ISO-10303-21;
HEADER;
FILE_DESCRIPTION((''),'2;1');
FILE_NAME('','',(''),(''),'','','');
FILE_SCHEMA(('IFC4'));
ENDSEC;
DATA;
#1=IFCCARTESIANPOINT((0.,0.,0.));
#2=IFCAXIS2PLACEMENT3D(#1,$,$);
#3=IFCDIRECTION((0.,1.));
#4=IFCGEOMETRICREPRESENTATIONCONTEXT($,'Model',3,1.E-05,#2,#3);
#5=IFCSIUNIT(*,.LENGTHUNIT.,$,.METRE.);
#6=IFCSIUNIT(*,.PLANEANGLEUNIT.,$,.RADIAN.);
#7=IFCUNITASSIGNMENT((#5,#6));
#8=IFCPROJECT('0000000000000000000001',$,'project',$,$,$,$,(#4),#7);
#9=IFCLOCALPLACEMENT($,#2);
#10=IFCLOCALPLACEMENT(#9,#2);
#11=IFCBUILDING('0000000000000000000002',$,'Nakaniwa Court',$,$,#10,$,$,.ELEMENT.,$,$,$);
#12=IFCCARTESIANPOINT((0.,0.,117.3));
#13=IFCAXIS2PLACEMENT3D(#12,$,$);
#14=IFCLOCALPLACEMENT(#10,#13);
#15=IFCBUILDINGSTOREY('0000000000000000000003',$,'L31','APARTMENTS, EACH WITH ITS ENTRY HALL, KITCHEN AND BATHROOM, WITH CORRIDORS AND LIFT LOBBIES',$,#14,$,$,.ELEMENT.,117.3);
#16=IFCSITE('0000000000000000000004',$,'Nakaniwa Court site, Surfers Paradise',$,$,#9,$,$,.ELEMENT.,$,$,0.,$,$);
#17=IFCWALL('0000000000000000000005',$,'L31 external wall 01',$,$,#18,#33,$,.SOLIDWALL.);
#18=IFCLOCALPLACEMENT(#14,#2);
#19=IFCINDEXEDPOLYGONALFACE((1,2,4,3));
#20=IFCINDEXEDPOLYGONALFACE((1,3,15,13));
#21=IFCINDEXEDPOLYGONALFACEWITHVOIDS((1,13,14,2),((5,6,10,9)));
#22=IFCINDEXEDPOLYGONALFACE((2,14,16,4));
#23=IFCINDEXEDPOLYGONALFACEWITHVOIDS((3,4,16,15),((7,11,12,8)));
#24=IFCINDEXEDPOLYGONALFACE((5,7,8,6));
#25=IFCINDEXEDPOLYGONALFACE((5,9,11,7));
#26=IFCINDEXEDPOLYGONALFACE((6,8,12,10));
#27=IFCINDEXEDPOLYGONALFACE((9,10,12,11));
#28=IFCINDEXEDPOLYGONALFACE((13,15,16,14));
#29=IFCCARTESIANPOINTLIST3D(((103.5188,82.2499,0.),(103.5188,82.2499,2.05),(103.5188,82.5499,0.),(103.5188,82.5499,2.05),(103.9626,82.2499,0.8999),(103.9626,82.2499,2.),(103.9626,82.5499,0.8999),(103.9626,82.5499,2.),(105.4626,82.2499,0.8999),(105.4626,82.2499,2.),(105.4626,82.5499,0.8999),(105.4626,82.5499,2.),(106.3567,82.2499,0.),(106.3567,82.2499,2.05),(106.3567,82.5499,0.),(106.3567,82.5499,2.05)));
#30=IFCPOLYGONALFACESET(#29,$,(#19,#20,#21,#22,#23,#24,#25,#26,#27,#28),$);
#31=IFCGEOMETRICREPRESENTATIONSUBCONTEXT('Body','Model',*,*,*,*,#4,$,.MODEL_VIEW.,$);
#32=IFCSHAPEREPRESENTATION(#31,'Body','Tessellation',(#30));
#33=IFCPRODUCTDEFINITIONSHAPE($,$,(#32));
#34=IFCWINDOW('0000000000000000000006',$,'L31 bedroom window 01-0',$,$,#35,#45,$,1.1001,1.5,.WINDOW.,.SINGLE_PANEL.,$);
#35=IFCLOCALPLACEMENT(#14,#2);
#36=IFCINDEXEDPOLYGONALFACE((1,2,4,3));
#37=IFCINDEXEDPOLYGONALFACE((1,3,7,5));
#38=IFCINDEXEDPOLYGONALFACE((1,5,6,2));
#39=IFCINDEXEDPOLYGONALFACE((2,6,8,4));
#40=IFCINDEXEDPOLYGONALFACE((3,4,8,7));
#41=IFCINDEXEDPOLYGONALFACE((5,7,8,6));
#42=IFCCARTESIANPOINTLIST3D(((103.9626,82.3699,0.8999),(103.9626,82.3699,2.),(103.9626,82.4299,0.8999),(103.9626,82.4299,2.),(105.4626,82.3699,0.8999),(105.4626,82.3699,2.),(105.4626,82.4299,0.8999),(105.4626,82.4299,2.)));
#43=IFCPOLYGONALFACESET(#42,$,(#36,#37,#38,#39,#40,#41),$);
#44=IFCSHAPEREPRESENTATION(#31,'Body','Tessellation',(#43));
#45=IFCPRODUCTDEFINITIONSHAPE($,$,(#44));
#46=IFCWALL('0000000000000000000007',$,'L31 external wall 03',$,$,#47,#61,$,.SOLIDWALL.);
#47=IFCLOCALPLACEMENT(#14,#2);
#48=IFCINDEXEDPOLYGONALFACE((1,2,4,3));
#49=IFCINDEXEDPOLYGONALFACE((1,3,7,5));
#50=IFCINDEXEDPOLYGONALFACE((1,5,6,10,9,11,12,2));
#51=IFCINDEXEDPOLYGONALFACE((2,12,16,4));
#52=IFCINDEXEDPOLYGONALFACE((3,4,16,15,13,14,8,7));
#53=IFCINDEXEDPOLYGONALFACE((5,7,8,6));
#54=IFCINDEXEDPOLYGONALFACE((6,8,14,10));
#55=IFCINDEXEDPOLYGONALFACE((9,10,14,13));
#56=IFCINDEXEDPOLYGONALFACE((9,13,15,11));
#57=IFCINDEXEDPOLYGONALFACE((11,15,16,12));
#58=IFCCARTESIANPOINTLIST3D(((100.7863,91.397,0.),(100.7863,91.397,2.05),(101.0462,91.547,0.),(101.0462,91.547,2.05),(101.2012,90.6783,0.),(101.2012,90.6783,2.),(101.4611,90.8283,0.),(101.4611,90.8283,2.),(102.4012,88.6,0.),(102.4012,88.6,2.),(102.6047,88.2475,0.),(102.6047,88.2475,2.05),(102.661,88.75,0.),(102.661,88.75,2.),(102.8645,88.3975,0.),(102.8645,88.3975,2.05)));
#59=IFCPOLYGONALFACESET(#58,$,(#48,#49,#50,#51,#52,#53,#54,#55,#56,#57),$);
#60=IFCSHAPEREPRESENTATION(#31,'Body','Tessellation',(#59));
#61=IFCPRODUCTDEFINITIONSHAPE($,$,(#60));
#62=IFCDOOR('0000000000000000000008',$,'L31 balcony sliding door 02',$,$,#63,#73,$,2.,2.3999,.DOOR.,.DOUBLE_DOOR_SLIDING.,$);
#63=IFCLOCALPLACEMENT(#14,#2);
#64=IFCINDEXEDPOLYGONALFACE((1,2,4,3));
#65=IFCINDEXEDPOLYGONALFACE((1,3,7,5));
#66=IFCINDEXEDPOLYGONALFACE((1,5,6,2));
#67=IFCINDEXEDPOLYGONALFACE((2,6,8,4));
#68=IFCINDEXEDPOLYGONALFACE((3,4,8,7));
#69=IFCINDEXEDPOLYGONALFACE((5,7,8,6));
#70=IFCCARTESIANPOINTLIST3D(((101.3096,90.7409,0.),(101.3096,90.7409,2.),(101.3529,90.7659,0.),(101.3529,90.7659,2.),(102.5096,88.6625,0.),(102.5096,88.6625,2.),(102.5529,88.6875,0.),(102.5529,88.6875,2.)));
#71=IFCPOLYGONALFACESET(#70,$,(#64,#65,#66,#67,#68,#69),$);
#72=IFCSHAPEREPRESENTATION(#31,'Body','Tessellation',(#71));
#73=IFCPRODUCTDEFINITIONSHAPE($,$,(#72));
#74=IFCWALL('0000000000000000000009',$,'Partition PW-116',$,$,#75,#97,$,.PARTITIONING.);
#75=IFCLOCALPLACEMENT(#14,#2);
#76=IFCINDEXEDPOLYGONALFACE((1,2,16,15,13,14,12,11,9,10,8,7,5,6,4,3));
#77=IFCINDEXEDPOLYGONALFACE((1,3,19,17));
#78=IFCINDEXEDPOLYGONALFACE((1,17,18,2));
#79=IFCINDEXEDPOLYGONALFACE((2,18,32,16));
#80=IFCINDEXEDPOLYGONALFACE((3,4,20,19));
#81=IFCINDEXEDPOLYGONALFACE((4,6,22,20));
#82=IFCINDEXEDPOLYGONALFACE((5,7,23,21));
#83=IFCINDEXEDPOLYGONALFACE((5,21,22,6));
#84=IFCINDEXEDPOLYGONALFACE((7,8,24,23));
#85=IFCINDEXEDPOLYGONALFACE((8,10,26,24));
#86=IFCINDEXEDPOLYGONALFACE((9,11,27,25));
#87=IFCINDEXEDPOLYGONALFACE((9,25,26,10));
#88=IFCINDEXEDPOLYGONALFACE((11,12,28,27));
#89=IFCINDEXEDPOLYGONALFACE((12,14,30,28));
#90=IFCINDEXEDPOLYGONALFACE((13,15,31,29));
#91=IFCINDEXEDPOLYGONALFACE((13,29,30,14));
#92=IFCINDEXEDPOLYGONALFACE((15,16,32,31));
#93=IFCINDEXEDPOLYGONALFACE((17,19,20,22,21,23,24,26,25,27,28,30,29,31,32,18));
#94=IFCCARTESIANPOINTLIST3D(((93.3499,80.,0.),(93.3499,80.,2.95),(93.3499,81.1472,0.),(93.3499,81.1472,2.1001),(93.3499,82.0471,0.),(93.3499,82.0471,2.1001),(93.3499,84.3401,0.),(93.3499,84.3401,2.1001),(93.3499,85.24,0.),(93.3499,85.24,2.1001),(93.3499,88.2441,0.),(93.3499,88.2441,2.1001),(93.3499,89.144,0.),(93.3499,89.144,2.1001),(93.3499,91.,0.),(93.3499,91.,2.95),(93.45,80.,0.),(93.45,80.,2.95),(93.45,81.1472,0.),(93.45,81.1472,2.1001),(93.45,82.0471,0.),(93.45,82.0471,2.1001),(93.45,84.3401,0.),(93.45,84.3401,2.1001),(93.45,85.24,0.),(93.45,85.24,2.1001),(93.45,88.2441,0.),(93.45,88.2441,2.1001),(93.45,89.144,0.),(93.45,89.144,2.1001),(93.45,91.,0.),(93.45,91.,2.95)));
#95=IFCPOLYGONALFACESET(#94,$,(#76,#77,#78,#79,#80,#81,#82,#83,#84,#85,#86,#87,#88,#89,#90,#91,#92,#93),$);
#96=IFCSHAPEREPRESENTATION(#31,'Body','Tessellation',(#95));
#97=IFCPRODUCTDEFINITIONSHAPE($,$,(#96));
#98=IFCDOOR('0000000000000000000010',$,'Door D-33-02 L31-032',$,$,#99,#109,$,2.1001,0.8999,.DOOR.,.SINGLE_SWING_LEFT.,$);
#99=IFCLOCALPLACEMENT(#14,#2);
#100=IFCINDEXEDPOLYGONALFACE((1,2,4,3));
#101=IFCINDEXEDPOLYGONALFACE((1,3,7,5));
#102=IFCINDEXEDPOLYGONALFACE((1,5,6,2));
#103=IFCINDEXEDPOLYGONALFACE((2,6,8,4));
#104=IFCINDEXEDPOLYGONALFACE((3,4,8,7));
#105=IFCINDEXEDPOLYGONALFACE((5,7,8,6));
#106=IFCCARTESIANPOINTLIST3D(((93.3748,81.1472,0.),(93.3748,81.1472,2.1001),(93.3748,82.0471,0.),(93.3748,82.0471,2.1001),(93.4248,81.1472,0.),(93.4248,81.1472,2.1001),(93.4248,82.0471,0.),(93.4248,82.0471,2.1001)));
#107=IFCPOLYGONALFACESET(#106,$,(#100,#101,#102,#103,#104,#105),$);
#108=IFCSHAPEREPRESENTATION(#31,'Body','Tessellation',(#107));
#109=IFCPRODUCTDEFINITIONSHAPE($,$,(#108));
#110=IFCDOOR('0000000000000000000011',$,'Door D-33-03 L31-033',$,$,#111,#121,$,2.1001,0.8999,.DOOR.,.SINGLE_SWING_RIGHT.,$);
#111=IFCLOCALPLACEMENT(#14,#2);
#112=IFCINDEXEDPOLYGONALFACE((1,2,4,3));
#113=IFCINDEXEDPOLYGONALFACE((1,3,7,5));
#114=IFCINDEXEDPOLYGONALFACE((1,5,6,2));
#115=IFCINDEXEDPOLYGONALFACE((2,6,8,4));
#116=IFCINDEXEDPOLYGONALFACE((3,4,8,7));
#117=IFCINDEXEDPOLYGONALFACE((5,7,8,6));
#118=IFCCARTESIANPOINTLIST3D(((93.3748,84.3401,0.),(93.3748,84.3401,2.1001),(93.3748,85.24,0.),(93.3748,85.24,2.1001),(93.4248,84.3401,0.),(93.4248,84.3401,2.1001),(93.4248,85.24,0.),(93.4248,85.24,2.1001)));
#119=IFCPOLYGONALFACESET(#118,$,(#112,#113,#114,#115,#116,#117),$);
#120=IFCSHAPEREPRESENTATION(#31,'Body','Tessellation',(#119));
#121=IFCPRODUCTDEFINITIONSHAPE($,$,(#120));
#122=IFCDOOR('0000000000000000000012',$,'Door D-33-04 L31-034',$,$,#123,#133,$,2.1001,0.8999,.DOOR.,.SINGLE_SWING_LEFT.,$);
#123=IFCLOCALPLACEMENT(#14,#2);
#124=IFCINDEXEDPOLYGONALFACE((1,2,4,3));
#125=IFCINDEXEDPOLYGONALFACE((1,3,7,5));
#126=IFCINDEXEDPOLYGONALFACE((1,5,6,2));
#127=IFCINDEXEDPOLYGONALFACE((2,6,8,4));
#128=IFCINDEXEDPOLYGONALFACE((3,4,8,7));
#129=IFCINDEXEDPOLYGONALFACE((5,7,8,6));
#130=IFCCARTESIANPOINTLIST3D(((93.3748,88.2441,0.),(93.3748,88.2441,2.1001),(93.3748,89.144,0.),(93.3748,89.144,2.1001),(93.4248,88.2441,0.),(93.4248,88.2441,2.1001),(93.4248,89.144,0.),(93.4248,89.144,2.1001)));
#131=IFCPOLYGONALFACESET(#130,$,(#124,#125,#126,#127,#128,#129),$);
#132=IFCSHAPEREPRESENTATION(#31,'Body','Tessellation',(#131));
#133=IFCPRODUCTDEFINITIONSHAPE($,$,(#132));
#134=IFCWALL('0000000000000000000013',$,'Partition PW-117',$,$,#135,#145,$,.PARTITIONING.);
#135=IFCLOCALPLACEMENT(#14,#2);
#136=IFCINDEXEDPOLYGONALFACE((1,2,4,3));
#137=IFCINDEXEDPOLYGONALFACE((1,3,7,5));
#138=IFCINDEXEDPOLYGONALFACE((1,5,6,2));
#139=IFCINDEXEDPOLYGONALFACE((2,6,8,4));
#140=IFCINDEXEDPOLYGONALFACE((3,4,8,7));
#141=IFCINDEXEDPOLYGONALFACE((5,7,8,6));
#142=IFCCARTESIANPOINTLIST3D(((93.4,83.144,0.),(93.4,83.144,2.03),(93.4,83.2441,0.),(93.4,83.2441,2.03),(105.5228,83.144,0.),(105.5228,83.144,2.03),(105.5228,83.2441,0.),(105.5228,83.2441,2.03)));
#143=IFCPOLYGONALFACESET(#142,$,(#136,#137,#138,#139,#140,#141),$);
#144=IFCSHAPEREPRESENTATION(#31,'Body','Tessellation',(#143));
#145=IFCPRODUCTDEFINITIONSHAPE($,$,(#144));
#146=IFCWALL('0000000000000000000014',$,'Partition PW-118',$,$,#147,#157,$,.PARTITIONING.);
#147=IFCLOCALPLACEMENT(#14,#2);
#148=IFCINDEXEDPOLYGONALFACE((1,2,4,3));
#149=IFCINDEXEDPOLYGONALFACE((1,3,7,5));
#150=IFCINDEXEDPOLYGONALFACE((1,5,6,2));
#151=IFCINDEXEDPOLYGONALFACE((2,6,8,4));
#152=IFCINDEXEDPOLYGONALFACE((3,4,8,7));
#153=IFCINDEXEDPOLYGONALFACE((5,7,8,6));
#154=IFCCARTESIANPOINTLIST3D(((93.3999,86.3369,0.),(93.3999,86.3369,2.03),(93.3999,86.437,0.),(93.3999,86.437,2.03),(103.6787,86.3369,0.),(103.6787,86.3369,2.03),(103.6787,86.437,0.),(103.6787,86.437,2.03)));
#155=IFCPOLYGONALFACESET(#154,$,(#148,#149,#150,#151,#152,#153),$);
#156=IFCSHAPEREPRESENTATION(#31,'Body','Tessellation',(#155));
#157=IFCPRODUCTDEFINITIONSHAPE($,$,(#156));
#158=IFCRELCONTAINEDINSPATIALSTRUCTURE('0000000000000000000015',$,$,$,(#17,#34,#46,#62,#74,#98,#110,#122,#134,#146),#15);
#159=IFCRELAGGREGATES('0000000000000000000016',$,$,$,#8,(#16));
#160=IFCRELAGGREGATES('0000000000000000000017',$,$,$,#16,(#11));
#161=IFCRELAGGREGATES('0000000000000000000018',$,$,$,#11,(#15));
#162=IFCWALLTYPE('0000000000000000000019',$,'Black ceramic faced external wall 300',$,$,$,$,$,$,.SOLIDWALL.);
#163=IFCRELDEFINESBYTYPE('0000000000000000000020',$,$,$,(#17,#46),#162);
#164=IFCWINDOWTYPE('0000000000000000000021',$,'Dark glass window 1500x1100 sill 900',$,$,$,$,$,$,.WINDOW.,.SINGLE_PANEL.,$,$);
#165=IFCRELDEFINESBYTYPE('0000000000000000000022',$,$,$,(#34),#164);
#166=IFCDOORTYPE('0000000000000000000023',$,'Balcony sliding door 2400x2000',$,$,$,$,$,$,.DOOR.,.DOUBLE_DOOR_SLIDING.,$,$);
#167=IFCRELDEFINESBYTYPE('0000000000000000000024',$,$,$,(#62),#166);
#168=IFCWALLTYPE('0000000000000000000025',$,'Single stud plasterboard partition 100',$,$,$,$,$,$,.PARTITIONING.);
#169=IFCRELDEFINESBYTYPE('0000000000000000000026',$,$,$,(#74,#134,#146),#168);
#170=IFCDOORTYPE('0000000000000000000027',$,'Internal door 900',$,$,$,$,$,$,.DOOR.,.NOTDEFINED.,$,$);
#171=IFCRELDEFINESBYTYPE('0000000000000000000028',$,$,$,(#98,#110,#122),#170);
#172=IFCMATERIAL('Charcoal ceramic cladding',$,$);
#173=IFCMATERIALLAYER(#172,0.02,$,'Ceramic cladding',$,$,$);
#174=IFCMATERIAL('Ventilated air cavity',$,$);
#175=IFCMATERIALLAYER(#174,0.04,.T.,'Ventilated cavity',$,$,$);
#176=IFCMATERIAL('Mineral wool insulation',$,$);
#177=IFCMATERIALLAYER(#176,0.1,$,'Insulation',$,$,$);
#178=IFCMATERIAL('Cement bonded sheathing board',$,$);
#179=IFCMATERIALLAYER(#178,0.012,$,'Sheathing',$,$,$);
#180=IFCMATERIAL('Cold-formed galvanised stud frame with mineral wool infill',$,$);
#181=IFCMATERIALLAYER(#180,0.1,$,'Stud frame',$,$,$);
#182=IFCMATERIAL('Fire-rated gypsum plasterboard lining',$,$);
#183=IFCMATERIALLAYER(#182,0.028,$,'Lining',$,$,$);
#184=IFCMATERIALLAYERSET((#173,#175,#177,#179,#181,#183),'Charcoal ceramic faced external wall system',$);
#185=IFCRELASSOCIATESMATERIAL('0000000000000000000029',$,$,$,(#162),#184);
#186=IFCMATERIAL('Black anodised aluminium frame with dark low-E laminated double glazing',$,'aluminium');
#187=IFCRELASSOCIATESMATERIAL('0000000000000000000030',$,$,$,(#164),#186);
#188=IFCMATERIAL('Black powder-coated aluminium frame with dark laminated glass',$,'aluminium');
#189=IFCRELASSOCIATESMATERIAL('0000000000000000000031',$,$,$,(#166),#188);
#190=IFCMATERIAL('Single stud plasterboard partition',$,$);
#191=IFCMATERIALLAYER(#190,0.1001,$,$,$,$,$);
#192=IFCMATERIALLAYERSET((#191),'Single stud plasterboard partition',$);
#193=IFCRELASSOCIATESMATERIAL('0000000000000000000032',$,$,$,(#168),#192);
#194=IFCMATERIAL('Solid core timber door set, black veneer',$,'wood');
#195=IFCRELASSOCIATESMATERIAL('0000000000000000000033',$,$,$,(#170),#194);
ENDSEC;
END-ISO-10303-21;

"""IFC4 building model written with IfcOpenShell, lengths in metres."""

from ifc_helpers import new_model, si_unit, direction, frame, frame_2d, origin, place, context, subcontext, project, spatial, rectangle, extrude, material, layer, layer_set, type_object, element, fill, save


model = new_model("IFC4")

# Units and contexts
model_context = context("Model", 3, precision=1e-05, world=origin(), true_north=direction((0.0, 1.0)))
body_context = subcontext(model_context, "Body", "Model", "MODEL_VIEW")
ifc_project = project(units=[si_unit("LENGTHUNIT", "METRE"), si_unit("PLANEANGLEUNIT", "RADIAN")], contexts=[model_context])

# Site, building, storey
site_placement = place(None, origin())
site = spatial("IfcSite", under=ifc_project, at=site_placement, Name="Nakaniwa Court site, Surfers Paradise", CompositionType="ELEMENT", RefElevation=0.0)
building_placement = place(site_placement, origin())
building = spatial("IfcBuilding", under=site, at=building_placement, Name="Nakaniwa Court", CompositionType="ELEMENT")
storey_placement = place(building_placement, frame((0.0, 0.0, 117.3)))
storey = spatial("IfcBuildingStorey", under=building, at=storey_placement, Name="L31", Description="APARTMENTS, EACH WITH ITS ENTRY HALL, KITCHEN AND BATHROOM, WITH CORRIDORS AND LIFT LOBBIES", CompositionType="ELEMENT", Elevation=117.3)

# Wall, opening, window
ifc_material_1 = material(Name="Charcoal ceramic cladding")
ifc_layer_1 = layer(ifc_material_1, 0.02, Name="Ceramic cladding")
ifc_material_2 = material(Name="Ventilated air cavity")
ifc_layer_2 = layer(ifc_material_2, 0.04, ventilated=True, Name="Ventilated cavity")
ifc_material_3 = material(Name="Mineral wool insulation")
ifc_layer_3 = layer(ifc_material_3, 0.1, Name="Insulation")
ifc_material_4 = material(Name="Cement bonded sheathing board")
ifc_layer_4 = layer(ifc_material_4, 0.012, Name="Sheathing")
ifc_material_5 = material(Name="Cold-formed galvanised stud frame with mineral wool infill")
ifc_layer_5 = layer(ifc_material_5, 0.1, Name="Stud frame")
ifc_material_6 = material(Name="Fire-rated gypsum plasterboard lining")
ifc_layer_6 = layer(ifc_material_6, 0.028, Name="Lining")
ifc_layer_set_1 = layer_set([ifc_layer_1, ifc_layer_2, ifc_layer_3, ifc_layer_4, ifc_layer_5, ifc_layer_6], Name="Charcoal ceramic faced external wall system")
wall_type_1 = type_object("IfcWallType", Name="Black ceramic faced external wall 300", PredefinedType="SOLIDWALL", material=ifc_layer_set_1)
ifc_material_7 = material(Name="Black anodised aluminium frame with dark low-E laminated double glazing", Category="aluminium")
window_type = type_object("IfcWindowType", Name="Dark glass window 1500x1100 sill 900", PartitioningType="SINGLE_PANEL", PredefinedType="WINDOW", material=ifc_material_7)
wall_1_placement = place(storey_placement, frame((103.5188, 82.3999, 0.0), z_axis=(0.0, 0.0, 1.0), x_axis=(1.0, 0.0, 0.0)))
wall_1 = element("IfcWall", 1, at=wall_1_placement, inside=storey, type_object=wall_type_1, Name="L31 external wall 01", PredefinedType="SOLIDWALL", context=body_context, shape_type="SweptSolid", body=[
    extrude(rectangle(XDim=2.8379, YDim=0.3, at=frame_2d((1.4189, 0.0))), origin(), (0.0, 0.0, 1.0), 2.05),
])
opening_1_placement = place(wall_1_placement, frame((0.4438, 0.0, 0.8999)))
opening_1 = element("IfcOpeningElement", 2, at=opening_1_placement, cuts=wall_1, PredefinedType="OPENING", context=body_context, shape_type="SweptSolid", body=[
    extrude(rectangle(XDim=1.5, YDim=1.1001, at=frame_2d((0.75, 0.55))), frame((0.0, 0.1599, 0.0), z_axis=(0.0, -1.0, 0.0), x_axis=(1.0, 0.0, 0.0)), (0.0, 0.0, 1.0), 0.3201),
])
window_1_placement = place(opening_1_placement, origin())
window_1 = element("IfcWindow", 3, at=window_1_placement, inside=storey, type_object=window_type, Name="L31 bedroom window 01-0", OverallHeight=1.1001, OverallWidth=1.5, PartitioningType="SINGLE_PANEL", PredefinedType="WINDOW", context=body_context, shape_type="SweptSolid", body=[
    extrude(rectangle(XDim=1.5, YDim=1.1001, at=frame_2d((0.75, 0.55))), frame((0.0, 0.03, 0.0), z_axis=(0.0, -1.0, 0.0), x_axis=(1.0, 0.0, 0.0)), (0.0, 0.0, 1.0), 0.0601),
])
fill(opening_1, window_1)

# Wall, opening, door
wall_2_placement = place(storey_placement, frame((102.7346, 88.3225, 0.0), z_axis=(0.0, 0.0, 1.0), x_axis=(-0.500009, 0.86602, 0.0)))
wall_2 = element("IfcWall", 4, at=wall_2_placement, inside=storey, type_object=wall_type_1, Name="L31 external wall 03", PredefinedType="SOLIDWALL", context=body_context, shape_type="SweptSolid", body=[
    extrude(rectangle(XDim=3.6367, YDim=0.3, at=frame_2d((1.8184, 0.0))), origin(), (0.0, 0.0, 1.0), 2.05),
])
opening_2_placement = place(wall_2_placement, frame((0.407, 0.0, 0.0)))
opening_2 = element("IfcOpeningElement", 5, at=opening_2_placement, cuts=wall_2, PredefinedType="OPENING", context=body_context, shape_type="SweptSolid", body=[
    extrude(rectangle(XDim=2.3999, YDim=2.0, at=frame_2d((1.2, 1.0))), frame((0.0, 0.1599, 0.0), z_axis=(0.0, -1.0, 0.0), x_axis=(1.0, 0.0, 0.0)), (0.0, 0.0, 1.0), 0.3201),
])
ifc_material_8 = material(Name="Black powder-coated aluminium frame with dark laminated glass", Category="aluminium")
door_type_1 = type_object("IfcDoorType", Name="Balcony sliding door 2400x2000", OperationType="DOUBLE_DOOR_SLIDING", PredefinedType="DOOR", material=ifc_material_8)
door_1_placement = place(opening_2_placement, origin())
door_1 = element("IfcDoor", 6, at=door_1_placement, inside=storey, type_object=door_type_1, Name="L31 balcony sliding door 02", OperationType="DOUBLE_DOOR_SLIDING", OverallHeight=2.0, OverallWidth=2.3999, PredefinedType="DOOR", context=body_context, shape_type="SweptSolid", body=[
    extrude(rectangle(XDim=2.3999, YDim=2.0, at=frame_2d((1.2, 1.0))), frame((0.0, 0.0249, 0.0), z_axis=(0.0, -1.0, 0.0), x_axis=(1.0, 0.0, 0.0)), (0.0, 0.0, 1.0), 0.05),
])
fill(opening_2, door_1)

# Wall, openings, doors
ifc_material_9 = material(Name="Single stud plasterboard partition")
ifc_layer_7 = layer(ifc_material_9, 0.1001)
ifc_layer_set_2 = layer_set([ifc_layer_7], Name="Single stud plasterboard partition")
wall_type_2 = type_object("IfcWallType", Name="Single stud plasterboard partition 100", PredefinedType="PARTITIONING", material=ifc_layer_set_2)
wall_3_placement = place(storey_placement, frame((93.3999, 91.0, 0.0), z_axis=(0.0, 0.0, 1.0), x_axis=(0.0, -1.0, 0.0)))
wall_3 = element("IfcWall", 7, at=wall_3_placement, inside=storey, type_object=wall_type_2, Name="Partition PW-116", PredefinedType="PARTITIONING", context=body_context, shape_type="SweptSolid", body=[
    extrude(rectangle(XDim=11.0, YDim=0.1001, at=frame_2d((5.5, 0.0))), origin(), (0.0, 0.0, 1.0), 2.95),
])
opening_3_placement = place(wall_3_placement, frame((8.9529, 0.0, 0.0)))
opening_3 = element("IfcOpeningElement", 8, at=opening_3_placement, cuts=wall_3, PredefinedType="OPENING", context=body_context, shape_type="SweptSolid", body=[
    extrude(rectangle(XDim=0.8999, YDim=2.1001, at=frame_2d((0.45, 1.05))), frame((0.0, 0.0601, 0.0), z_axis=(0.0, -1.0, 0.0), x_axis=(1.0, 0.0, 0.0)), (0.0, 0.0, 1.0), 0.1201),
])
opening_4_placement = place(wall_3_placement, frame((5.76, 0.0, 0.0)))
opening_4 = element("IfcOpeningElement", 9, at=opening_4_placement, cuts=wall_3, PredefinedType="OPENING", context=body_context, shape_type="SweptSolid", body=[
    extrude(rectangle(XDim=0.8999, YDim=2.1001, at=frame_2d((0.45, 1.05))), frame((0.0, 0.0601, 0.0), z_axis=(0.0, -1.0, 0.0), x_axis=(1.0, 0.0, 0.0)), (0.0, 0.0, 1.0), 0.1201),
])
opening_5_placement = place(wall_3_placement, frame((1.856, 0.0, 0.0)))
opening_5 = element("IfcOpeningElement", 10, at=opening_5_placement, cuts=wall_3, PredefinedType="OPENING", context=body_context, shape_type="SweptSolid", body=[
    extrude(rectangle(XDim=0.8999, YDim=2.1001, at=frame_2d((0.45, 1.05))), frame((0.0, 0.0601, 0.0), z_axis=(0.0, -1.0, 0.0), x_axis=(1.0, 0.0, 0.0)), (0.0, 0.0, 1.0), 0.1201),
])
ifc_material_10 = material(Name="Solid core timber door set, black veneer", Category="wood")
door_type_2 = type_object("IfcDoorType", Name="Internal door 900", OperationType="NOTDEFINED", PredefinedType="DOOR", material=ifc_material_10)
door_2_placement = place(opening_3_placement, origin())
door_2 = element("IfcDoor", 11, at=door_2_placement, inside=storey, type_object=door_type_2, Name="Door D-33-02 L31-032", OperationType="SINGLE_SWING_LEFT", OverallHeight=2.1001, OverallWidth=0.8999, PredefinedType="DOOR", context=body_context, shape_type="SweptSolid", body=[
    extrude(rectangle(XDim=0.8999, YDim=2.1001, at=frame_2d((0.45, 1.05))), frame((0.0, 0.0249, 0.0), z_axis=(0.0, -1.0, 0.0), x_axis=(1.0, 0.0, 0.0)), (0.0, 0.0, 1.0), 0.05),
])
fill(opening_3, door_2)
door_3_placement = place(opening_4_placement, origin())
door_3 = element("IfcDoor", 12, at=door_3_placement, inside=storey, type_object=door_type_2, Name="Door D-33-03 L31-033", OperationType="SINGLE_SWING_RIGHT", OverallHeight=2.1001, OverallWidth=0.8999, PredefinedType="DOOR", context=body_context, shape_type="SweptSolid", body=[
    extrude(rectangle(XDim=0.8999, YDim=2.1001, at=frame_2d((0.45, 1.05))), frame((0.0, 0.0249, 0.0), z_axis=(0.0, -1.0, 0.0), x_axis=(1.0, 0.0, 0.0)), (0.0, 0.0, 1.0), 0.05),
])
fill(opening_4, door_3)
door_4_placement = place(opening_5_placement, origin())
door_4 = element("IfcDoor", 13, at=door_4_placement, inside=storey, type_object=door_type_2, Name="Door D-33-04 L31-034", OperationType="SINGLE_SWING_LEFT", OverallHeight=2.1001, OverallWidth=0.8999, PredefinedType="DOOR", context=body_context, shape_type="SweptSolid", body=[
    extrude(rectangle(XDim=0.8999, YDim=2.1001, at=frame_2d((0.45, 1.05))), frame((0.0, 0.0249, 0.0), z_axis=(0.0, -1.0, 0.0), x_axis=(1.0, 0.0, 0.0)), (0.0, 0.0, 1.0), 0.05),
])
fill(opening_5, door_4)

# Walls
wall_4_placement = place(storey_placement, frame((93.3999, 83.1941, 0.0), z_axis=(0.0, 0.0, 1.0), x_axis=(1.0, 0.0, 0.0)))
element("IfcWall", 14, at=wall_4_placement, inside=storey, type_object=wall_type_2, Name="Partition PW-117", PredefinedType="PARTITIONING", context=body_context, shape_type="SweptSolid", body=[
    extrude(rectangle(XDim=12.1228, YDim=0.1001, at=frame_2d((6.0615, 0.0))), origin(), (0.0, 0.0, 1.0), 2.03),
])
wall_5_placement = place(storey_placement, frame((93.3999, 86.387, 0.0), z_axis=(0.0, 0.0, 1.0), x_axis=(1.0, 0.0, 0.0)))
element("IfcWall", 15, at=wall_5_placement, inside=storey, type_object=wall_type_2, Name="Partition PW-118", PredefinedType="PARTITIONING", context=body_context, shape_type="SweptSolid", body=[
    extrude(rectangle(XDim=10.2788, YDim=0.1001, at=frame_2d((5.1394, 0.0))), origin(), (0.0, 0.0, 1.0), 2.03),
])

save(model, "model.ifc")
